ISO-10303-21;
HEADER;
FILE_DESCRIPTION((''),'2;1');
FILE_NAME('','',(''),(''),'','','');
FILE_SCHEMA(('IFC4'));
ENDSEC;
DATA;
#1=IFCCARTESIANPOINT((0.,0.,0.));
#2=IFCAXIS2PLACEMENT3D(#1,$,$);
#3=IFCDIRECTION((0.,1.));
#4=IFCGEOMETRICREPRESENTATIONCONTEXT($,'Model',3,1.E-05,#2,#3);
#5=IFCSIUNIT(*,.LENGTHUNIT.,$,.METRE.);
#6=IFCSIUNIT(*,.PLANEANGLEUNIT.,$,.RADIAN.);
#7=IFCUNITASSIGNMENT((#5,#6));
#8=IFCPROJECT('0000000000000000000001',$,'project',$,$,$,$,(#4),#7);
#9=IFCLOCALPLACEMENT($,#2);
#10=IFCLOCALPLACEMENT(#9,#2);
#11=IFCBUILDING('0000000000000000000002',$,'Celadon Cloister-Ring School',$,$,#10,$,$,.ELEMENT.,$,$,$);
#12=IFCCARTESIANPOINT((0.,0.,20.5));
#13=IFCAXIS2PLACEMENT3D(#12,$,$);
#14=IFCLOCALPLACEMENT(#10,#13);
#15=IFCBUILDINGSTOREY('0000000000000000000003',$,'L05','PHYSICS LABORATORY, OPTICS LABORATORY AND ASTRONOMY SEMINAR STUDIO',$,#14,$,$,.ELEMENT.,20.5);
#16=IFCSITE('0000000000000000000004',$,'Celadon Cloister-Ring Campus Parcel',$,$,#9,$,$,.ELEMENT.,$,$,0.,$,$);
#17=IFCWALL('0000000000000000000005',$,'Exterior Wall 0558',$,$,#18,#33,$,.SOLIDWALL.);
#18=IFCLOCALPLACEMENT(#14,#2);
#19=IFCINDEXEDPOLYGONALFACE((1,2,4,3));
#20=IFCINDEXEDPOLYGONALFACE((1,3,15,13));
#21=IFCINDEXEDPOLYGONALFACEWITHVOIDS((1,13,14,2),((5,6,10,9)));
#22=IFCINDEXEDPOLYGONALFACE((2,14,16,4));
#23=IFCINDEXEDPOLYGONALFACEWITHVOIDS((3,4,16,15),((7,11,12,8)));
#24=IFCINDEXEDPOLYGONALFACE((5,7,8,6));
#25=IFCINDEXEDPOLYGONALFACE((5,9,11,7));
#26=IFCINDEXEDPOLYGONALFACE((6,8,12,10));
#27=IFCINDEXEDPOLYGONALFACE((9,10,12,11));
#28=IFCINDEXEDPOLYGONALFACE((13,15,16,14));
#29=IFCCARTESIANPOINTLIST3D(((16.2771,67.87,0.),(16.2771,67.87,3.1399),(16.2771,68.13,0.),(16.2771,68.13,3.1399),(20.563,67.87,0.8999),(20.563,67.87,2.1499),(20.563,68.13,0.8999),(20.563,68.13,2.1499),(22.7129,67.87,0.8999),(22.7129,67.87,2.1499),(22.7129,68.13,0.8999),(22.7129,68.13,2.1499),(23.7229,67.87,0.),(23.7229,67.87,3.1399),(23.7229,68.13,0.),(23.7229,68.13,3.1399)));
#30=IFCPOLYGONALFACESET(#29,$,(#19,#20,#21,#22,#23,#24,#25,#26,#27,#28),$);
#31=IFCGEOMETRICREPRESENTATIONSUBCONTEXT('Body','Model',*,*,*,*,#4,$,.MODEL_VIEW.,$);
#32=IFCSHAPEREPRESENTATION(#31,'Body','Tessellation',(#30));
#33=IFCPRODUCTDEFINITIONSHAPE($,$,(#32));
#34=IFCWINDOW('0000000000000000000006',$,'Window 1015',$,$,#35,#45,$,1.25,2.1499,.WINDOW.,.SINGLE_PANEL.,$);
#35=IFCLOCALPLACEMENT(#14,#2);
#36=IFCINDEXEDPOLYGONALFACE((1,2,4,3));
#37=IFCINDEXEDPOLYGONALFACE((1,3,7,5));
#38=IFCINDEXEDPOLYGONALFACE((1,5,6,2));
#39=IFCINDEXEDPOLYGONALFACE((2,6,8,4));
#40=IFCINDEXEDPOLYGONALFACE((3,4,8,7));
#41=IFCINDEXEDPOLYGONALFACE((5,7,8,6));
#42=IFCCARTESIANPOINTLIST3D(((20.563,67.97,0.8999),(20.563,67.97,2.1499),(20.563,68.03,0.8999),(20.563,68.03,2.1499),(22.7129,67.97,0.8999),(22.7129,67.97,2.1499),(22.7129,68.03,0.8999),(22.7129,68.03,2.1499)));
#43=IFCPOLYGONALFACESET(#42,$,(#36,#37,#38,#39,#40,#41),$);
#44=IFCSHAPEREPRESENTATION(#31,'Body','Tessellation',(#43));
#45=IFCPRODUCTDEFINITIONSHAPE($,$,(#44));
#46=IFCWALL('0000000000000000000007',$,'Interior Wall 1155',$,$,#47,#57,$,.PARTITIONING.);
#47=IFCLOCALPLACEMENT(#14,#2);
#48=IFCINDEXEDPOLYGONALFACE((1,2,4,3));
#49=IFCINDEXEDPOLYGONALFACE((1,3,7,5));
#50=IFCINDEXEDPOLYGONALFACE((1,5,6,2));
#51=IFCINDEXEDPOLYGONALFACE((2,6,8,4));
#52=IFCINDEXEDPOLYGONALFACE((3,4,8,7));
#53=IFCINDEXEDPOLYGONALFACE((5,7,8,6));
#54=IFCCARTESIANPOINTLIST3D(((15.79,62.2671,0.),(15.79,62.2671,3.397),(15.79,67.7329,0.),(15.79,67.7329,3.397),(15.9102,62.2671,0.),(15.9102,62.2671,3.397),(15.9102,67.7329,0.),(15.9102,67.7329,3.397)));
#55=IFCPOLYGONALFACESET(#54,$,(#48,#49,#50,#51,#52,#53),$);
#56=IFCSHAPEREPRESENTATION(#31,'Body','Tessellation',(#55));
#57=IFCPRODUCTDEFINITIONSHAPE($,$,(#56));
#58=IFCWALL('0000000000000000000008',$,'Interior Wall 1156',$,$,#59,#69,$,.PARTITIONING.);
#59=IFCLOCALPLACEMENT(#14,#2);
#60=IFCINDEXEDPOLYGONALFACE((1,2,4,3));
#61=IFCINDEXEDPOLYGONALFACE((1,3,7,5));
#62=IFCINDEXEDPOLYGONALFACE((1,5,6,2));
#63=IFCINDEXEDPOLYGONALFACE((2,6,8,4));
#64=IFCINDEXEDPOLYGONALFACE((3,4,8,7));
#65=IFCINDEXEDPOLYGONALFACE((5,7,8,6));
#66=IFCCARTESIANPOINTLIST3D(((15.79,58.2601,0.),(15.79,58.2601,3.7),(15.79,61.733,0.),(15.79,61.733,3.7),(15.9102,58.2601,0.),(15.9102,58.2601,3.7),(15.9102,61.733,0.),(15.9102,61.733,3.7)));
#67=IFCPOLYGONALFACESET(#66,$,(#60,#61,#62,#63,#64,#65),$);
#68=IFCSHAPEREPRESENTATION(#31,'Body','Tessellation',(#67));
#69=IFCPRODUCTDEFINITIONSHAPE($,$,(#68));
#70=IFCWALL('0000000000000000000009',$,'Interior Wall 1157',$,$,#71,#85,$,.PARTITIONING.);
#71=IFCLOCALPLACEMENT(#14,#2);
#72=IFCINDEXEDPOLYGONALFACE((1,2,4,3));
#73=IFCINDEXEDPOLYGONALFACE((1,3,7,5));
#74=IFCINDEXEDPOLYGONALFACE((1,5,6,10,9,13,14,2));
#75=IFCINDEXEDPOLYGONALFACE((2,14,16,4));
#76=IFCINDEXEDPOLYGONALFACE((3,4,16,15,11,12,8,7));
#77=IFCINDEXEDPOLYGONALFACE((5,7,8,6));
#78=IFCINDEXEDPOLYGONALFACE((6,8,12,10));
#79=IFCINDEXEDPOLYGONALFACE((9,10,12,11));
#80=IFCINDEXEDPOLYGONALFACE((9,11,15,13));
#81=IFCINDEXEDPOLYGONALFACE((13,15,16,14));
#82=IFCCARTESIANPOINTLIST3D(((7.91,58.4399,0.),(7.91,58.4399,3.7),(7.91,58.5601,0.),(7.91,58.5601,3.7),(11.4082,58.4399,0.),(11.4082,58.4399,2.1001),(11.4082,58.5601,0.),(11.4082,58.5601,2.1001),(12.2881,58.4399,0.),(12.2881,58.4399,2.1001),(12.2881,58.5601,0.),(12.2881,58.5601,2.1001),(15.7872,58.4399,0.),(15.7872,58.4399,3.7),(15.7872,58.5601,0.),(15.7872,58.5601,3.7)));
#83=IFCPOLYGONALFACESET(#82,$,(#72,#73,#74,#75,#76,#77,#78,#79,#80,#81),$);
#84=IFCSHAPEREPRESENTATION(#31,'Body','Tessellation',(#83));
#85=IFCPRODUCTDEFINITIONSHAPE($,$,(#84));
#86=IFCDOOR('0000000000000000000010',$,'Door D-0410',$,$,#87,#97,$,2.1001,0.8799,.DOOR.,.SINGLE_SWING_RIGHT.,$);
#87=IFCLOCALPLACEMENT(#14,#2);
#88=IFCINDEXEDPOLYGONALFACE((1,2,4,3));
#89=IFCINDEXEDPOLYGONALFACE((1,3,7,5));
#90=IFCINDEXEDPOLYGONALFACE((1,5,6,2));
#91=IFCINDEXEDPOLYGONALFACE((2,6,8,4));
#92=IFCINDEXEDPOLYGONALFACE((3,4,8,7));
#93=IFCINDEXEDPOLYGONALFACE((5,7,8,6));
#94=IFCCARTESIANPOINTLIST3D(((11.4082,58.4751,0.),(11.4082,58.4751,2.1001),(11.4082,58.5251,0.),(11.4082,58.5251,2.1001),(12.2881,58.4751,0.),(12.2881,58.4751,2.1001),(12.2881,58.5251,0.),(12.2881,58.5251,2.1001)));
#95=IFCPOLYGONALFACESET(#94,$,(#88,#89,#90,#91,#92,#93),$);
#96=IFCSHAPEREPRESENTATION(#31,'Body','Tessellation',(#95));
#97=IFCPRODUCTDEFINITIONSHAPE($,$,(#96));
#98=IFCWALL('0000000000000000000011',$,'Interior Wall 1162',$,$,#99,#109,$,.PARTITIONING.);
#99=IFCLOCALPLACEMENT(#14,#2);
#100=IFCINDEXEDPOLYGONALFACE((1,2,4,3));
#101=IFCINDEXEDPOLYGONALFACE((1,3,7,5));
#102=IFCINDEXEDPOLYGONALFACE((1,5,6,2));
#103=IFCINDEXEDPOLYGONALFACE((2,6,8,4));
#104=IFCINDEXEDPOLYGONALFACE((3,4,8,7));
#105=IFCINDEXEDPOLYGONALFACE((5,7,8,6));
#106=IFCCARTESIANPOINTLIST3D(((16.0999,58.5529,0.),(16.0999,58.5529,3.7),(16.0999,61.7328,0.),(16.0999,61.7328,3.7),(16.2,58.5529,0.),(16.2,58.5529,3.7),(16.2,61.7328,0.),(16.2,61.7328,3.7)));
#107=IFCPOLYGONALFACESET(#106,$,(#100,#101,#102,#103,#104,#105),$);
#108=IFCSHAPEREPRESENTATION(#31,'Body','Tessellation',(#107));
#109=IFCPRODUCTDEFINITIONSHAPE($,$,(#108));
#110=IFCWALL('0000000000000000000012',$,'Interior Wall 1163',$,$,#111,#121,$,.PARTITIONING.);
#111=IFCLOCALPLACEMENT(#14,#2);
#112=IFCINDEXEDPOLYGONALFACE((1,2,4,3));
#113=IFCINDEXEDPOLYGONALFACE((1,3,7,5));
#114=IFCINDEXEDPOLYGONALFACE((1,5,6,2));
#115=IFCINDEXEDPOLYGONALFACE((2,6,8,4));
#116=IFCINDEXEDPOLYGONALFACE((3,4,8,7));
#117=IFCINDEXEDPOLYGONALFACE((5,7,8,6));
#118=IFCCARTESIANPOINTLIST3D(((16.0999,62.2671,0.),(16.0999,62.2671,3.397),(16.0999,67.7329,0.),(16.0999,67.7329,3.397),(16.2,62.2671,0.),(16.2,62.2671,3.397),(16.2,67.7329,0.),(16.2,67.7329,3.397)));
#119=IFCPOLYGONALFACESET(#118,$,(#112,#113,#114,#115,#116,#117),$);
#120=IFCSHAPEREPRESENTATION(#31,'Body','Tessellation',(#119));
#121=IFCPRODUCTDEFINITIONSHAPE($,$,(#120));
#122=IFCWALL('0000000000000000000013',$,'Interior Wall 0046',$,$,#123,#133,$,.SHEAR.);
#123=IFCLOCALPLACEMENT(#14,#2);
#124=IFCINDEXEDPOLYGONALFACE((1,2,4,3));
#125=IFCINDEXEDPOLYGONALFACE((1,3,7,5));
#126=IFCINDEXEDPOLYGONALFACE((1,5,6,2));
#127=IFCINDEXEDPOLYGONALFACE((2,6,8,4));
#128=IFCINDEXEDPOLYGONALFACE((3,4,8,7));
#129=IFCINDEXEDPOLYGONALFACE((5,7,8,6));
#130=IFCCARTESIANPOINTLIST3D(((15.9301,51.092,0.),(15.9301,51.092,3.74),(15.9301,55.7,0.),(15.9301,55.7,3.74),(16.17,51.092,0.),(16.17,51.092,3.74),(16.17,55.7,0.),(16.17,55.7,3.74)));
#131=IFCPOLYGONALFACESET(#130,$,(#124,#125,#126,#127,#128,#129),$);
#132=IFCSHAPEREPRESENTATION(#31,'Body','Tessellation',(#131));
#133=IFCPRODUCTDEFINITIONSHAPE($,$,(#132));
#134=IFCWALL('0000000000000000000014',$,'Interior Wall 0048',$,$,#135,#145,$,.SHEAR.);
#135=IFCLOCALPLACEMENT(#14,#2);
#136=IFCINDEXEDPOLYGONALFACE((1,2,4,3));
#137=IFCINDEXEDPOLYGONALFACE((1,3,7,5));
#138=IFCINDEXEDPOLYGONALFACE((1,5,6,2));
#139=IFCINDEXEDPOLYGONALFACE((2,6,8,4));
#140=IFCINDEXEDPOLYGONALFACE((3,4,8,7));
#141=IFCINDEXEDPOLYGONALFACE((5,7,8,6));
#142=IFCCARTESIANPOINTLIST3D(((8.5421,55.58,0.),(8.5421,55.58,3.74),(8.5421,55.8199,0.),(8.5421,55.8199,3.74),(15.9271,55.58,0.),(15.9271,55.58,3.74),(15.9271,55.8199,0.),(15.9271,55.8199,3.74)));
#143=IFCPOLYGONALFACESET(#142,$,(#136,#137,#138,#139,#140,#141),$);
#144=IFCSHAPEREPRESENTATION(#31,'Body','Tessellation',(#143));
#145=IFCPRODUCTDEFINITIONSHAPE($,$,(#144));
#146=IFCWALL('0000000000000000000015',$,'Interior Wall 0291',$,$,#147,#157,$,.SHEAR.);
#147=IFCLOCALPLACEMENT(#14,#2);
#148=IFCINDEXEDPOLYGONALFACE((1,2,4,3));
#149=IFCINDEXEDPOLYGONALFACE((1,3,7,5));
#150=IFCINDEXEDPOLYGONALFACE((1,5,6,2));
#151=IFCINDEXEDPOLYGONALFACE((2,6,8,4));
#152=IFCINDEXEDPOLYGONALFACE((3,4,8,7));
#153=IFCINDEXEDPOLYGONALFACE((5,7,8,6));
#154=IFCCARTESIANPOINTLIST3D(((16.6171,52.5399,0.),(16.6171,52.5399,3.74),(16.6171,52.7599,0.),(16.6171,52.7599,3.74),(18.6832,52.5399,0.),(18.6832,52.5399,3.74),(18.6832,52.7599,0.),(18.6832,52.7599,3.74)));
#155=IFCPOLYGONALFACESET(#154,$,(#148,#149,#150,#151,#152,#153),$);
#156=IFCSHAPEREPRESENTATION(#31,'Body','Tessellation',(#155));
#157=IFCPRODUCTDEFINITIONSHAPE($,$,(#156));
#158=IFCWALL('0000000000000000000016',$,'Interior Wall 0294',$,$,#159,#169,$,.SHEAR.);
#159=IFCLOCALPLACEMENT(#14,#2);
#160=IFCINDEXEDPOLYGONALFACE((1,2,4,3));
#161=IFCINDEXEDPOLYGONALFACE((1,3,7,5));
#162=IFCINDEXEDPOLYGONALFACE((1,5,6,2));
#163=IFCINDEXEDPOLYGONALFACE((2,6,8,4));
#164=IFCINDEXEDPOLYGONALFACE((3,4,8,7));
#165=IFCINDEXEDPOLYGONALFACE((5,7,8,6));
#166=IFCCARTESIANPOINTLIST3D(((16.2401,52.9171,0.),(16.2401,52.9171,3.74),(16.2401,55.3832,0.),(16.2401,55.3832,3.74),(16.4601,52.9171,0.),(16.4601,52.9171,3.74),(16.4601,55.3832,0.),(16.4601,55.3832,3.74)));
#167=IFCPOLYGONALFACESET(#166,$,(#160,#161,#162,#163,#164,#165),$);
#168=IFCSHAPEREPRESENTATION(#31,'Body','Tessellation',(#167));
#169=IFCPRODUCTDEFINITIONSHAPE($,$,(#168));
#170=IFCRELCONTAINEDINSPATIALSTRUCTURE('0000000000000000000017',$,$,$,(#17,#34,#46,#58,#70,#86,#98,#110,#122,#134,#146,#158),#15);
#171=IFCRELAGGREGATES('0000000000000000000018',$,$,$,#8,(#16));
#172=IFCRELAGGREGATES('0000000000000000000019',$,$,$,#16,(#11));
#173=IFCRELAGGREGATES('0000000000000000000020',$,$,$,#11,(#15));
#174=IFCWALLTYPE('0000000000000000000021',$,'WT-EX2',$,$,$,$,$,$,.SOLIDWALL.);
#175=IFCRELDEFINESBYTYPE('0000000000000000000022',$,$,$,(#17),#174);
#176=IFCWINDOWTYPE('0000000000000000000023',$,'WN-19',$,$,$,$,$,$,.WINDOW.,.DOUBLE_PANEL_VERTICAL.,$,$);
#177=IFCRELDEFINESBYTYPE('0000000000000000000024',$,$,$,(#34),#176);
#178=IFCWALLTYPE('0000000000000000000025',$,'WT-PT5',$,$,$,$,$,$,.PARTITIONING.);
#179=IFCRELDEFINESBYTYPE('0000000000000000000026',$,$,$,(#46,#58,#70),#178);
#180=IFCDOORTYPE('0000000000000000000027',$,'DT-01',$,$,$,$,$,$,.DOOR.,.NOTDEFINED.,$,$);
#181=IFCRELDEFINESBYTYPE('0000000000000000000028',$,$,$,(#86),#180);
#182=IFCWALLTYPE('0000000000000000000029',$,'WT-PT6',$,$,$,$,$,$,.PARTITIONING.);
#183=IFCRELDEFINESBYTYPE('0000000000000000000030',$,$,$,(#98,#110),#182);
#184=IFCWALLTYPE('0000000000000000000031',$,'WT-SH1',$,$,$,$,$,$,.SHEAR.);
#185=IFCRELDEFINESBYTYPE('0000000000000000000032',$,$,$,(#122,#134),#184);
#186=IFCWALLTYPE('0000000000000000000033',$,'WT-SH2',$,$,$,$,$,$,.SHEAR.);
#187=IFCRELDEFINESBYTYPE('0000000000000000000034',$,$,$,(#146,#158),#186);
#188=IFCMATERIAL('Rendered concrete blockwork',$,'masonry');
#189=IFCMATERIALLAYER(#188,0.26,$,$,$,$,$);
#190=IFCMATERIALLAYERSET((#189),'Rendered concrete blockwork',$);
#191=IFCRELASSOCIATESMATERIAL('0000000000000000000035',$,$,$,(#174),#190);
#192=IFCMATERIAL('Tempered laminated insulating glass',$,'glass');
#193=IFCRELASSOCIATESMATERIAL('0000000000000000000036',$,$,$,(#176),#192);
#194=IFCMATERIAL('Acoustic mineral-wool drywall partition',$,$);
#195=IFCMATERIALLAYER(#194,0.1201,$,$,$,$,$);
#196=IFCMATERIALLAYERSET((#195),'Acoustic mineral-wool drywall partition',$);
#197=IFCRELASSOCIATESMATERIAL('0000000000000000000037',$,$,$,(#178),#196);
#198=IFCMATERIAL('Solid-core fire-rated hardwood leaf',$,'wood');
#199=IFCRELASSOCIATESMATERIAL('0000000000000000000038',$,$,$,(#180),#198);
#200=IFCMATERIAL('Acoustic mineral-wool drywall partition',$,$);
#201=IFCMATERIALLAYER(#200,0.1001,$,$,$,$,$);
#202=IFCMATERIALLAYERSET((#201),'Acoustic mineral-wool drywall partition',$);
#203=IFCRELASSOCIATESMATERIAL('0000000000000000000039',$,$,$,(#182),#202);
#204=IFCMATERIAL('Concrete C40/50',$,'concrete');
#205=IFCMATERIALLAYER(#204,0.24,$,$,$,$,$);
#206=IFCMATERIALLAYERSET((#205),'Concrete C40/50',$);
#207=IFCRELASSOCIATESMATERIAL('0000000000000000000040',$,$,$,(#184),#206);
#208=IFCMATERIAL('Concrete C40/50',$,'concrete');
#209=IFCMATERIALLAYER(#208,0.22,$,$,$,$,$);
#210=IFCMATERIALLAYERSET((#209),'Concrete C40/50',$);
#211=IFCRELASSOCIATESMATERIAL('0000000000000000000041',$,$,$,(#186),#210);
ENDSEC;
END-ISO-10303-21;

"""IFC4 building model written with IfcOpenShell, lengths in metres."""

from ifc_helpers import new_model, si_unit, direction, frame, frame_2d, origin, place, context, subcontext, project, spatial, rectangle, extrude, material, layer, layer_set, type_object, element, fill, save


model = new_model("IFC4")

# Units and contexts
model_context = context("Model", 3, precision=1e-05, world=origin(), true_north=direction((0.0, 1.0)))
body_context = subcontext(model_context, "Body", "Model", "MODEL_VIEW")
ifc_project = project(units=[si_unit("LENGTHUNIT", "METRE"), si_unit("PLANEANGLEUNIT", "RADIAN")], contexts=[model_context])

# Site, building, storey
site_placement = place(None, origin())
site = spatial("IfcSite", under=ifc_project, at=site_placement, Name="Celadon Cloister-Ring Campus Parcel", CompositionType="ELEMENT", RefElevation=0.0)
building_placement = place(site_placement, origin())
building = spatial("IfcBuilding", under=site, at=building_placement, Name="Celadon Cloister-Ring School", CompositionType="ELEMENT")
storey_placement = place(building_placement, frame((0.0, 0.0, 20.5)))
storey = spatial("IfcBuildingStorey", under=building, at=storey_placement, Name="L05", Description="PHYSICS LABORATORY, OPTICS LABORATORY AND ASTRONOMY SEMINAR STUDIO", CompositionType="ELEMENT", Elevation=20.5)

# Wall, opening, window
ifc_material_1 = material(Name="Rendered concrete blockwork", Category="masonry")
ifc_layer_1 = layer(ifc_material_1, 0.26)
ifc_layer_set_1 = layer_set([ifc_layer_1], Name="Rendered concrete blockwork")
wall_type_1 = type_object("IfcWallType", Name="WT-EX2", PredefinedType="SOLIDWALL", material=ifc_layer_set_1)
wall_1_placement = place(storey_placement, frame((16.2771, 68.0, 0.0), z_axis=(0.0, 0.0, 1.0), x_axis=(1.0, 0.0, 0.0)))
wall_1 = element("IfcWall", 1, at=wall_1_placement, inside=storey, type_object=wall_type_1, Name="Exterior Wall 0558", PredefinedType="SOLIDWALL", context=body_context, shape_type="SweptSolid", body=[
    extrude(rectangle(XDim=7.4458, YDim=0.26, at=frame_2d((3.7229, 0.0))), origin(), (0.0, 0.0, 1.0), 3.1399),
])
opening_1_placement = place(wall_1_placement, frame((4.2859, 0.0, 0.8999)))
opening_1 = element("IfcOpeningElement", 2, at=opening_1_placement, cuts=wall_1, PredefinedType="OPENING", context=body_context, shape_type="SweptSolid", body=[
    extrude(rectangle(XDim=2.1499, YDim=1.25, at=frame_2d((1.075, 0.625))), frame((0.0, 0.1401, 0.0), z_axis=(0.0, -1.0, 0.0), x_axis=(1.0, 0.0, 0.0)), (0.0, 0.0, 1.0), 0.28),
])
ifc_material_2 = material(Name="Tempered laminated insulating glass", Category="glass")
window_type = type_object("IfcWindowType", Name="WN-19", PartitioningType="DOUBLE_PANEL_VERTICAL", PredefinedType="WINDOW", material=ifc_material_2)
window_placement = place(opening_1_placement, origin())
window = element("IfcWindow", 3, at=window_placement, inside=storey, type_object=window_type, Name="Window 1015", OverallHeight=1.25, OverallWidth=2.1499, PartitioningType="SINGLE_PANEL", PredefinedType="WINDOW", context=body_context, shape_type="SweptSolid", body=[
    extrude(rectangle(XDim=2.1499, YDim=1.25, at=frame_2d((1.075, 0.625))), frame((0.0, 0.03, 0.0), z_axis=(0.0, -1.0, 0.0), x_axis=(1.0, 0.0, 0.0)), (0.0, 0.0, 1.0), 0.0601),
])
fill(opening_1, window)

# Walls
ifc_material_3 = material(Name="Acoustic mineral-wool drywall partition")
ifc_layer_2 = layer(ifc_material_3, 0.1201)
ifc_layer_set_2 = layer_set([ifc_layer_2], Name="Acoustic mineral-wool drywall partition")
wall_type_2 = type_object("IfcWallType", Name="WT-PT5", PredefinedType="PARTITIONING", material=ifc_layer_set_2)
wall_2_placement = place(storey_placement, frame((15.8501, 67.7329, 0.0), z_axis=(0.0, 0.0, 1.0), x_axis=(0.0, -1.0, 0.0)))
element("IfcWall", 4, at=wall_2_placement, inside=storey, type_object=wall_type_2, Name="Interior Wall 1155", PredefinedType="PARTITIONING", context=body_context, shape_type="SweptSolid", body=[
    extrude(rectangle(XDim=5.4658, YDim=0.1201, at=frame_2d((2.7329, 0.0))), origin(), (0.0, 0.0, 1.0), 3.397),
])
wall_3_placement = place(storey_placement, frame((15.8501, 61.7329, 0.0), z_axis=(0.0, 0.0, 1.0), x_axis=(0.0, -1.0, 0.0)))
element("IfcWall", 5, at=wall_3_placement, inside=storey, type_object=wall_type_2, Name="Interior Wall 1156", PredefinedType="PARTITIONING", context=body_context, shape_type="SweptSolid", body=[
    extrude(rectangle(XDim=3.4729, YDim=0.1201, at=frame_2d((1.7363, 0.0))), origin(), (0.0, 0.0, 1.0), 3.7),
])

# Wall, opening, door
wall_4_placement = place(storey_placement, frame((15.7871, 58.5, 0.0), z_axis=(0.0, 0.0, 1.0), x_axis=(-1.0, 0.0, 0.0)))
wall_4 = element("IfcWall", 6, at=wall_4_placement, inside=storey, type_object=wall_type_2, Name="Interior Wall 1157", PredefinedType="PARTITIONING", context=body_context, shape_type="SweptSolid", body=[
    extrude(rectangle(XDim=7.8772, YDim=0.1201, at=frame_2d((3.9385, 0.0))), origin(), (0.0, 0.0, 1.0), 3.7),
])
opening_2_placement = place(wall_4_placement, frame((3.499, 0.0, 0.0)))
opening_2 = element("IfcOpeningElement", 7, at=opening_2_placement, cuts=wall_4, PredefinedType="OPENING", context=body_context, shape_type="SweptSolid", body=[
    extrude(rectangle(XDim=0.8799, YDim=2.1001, at=frame_2d((0.4399, 1.05))), frame((0.0, 0.0701, 0.0), z_axis=(0.0, -1.0, 0.0), x_axis=(1.0, 0.0, 0.0)), (0.0, 0.0, 1.0), 0.1401),
])
ifc_material_4 = material(Name="Solid-core fire-rated hardwood leaf", Category="wood")
door_type = type_object("IfcDoorType", Name="DT-01", OperationType="NOTDEFINED", PredefinedType="DOOR", material=ifc_material_4)
door_placement = place(opening_2_placement, origin())
door = element("IfcDoor", 8, at=door_placement, inside=storey, type_object=door_type, Name="Door D-0410", OperationType="SINGLE_SWING_RIGHT", OverallHeight=2.1001, OverallWidth=0.8799, PredefinedType="DOOR", context=body_context, shape_type="SweptSolid", body=[
    extrude(rectangle(XDim=0.8799, YDim=2.1001, at=frame_2d((0.4399, 1.05))), frame((0.0, 0.0249, 0.0), z_axis=(0.0, -1.0, 0.0), x_axis=(1.0, 0.0, 0.0)), (0.0, 0.0, 1.0), 0.05),
])
fill(opening_2, door)

# Walls
ifc_material_5 = material(Name="Acoustic mineral-wool drywall partition")
ifc_layer_3 = layer(ifc_material_5, 0.1001)
ifc_layer_set_3 = layer_set([ifc_layer_3], Name="Acoustic mineral-wool drywall partition")
wall_type_3 = type_object("IfcWallType", Name="WT-PT6", PredefinedType="PARTITIONING", material=ifc_layer_set_3)
wall_5_placement = place(storey_placement, frame((16.1499, 58.553, 0.0), z_axis=(0.0, 0.0, 1.0), x_axis=(0.0, 1.0, 0.0)))
element("IfcWall", 9, at=wall_5_placement, inside=storey, type_object=wall_type_3, Name="Interior Wall 1162", PredefinedType="PARTITIONING", context=body_context, shape_type="SweptSolid", body=[
    extrude(rectangle(XDim=3.1799, YDim=0.1001, at=frame_2d((1.5898, 0.0))), origin(), (0.0, 0.0, 1.0), 3.7),
])
wall_6_placement = place(storey_placement, frame((16.1499, 62.2671, 0.0), z_axis=(0.0, 0.0, 1.0), x_axis=(0.0, 1.0, 0.0)))
element("IfcWall", 10, at=wall_6_placement, inside=storey, type_object=wall_type_3, Name="Interior Wall 1163", PredefinedType="PARTITIONING", context=body_context, shape_type="SweptSolid", body=[
    extrude(rectangle(XDim=5.4658, YDim=0.1001, at=frame_2d((2.7329, 0.0))), origin(), (0.0, 0.0, 1.0), 3.397),
])
ifc_material_6 = material(Name="Concrete C40/50", Category="concrete")
ifc_layer_4 = layer(ifc_material_6, 0.24)
ifc_layer_set_4 = layer_set([ifc_layer_4], Name="Concrete C40/50")
wall_type_4 = type_object("IfcWallType", Name="WT-SH1", PredefinedType="SHEAR", material=ifc_layer_set_4)
wall_7_placement = place(storey_placement, frame((16.05, 55.7, 0.0), z_axis=(0.0, 0.0, 1.0), x_axis=(0.0, -1.0, 0.0)))
element("IfcWall", 11, at=wall_7_placement, inside=storey, type_object=wall_type_4, Name="Interior Wall 0046", PredefinedType="SHEAR", context=body_context, shape_type="SweptSolid", body=[
    extrude(rectangle(XDim=4.6079, YDim=0.24, at=frame_2d((2.304, 0.0))), origin(), (0.0, 0.0, 1.0), 3.74),
])
wall_8_placement = place(storey_placement, frame((15.927, 55.7, 0.0), z_axis=(0.0, 0.0, 1.0), x_axis=(-1.0, 0.0, 0.0)))
element("IfcWall", 12, at=wall_8_placement, inside=storey, type_object=wall_type_4, Name="Interior Wall 0048", PredefinedType="SHEAR", context=body_context, shape_type="SweptSolid", body=[
    extrude(rectangle(XDim=7.385, YDim=0.24, at=frame_2d((3.6924, 0.0))), origin(), (0.0, 0.0, 1.0), 3.74),
])
ifc_material_7 = material(Name="Concrete C40/50", Category="concrete")
ifc_layer_5 = layer(ifc_material_7, 0.22)
ifc_layer_set_5 = layer_set([ifc_layer_5], Name="Concrete C40/50")
wall_type_5 = type_object("IfcWallType", Name="WT-SH2", PredefinedType="SHEAR", material=ifc_layer_set_5)
wall_9_placement = place(storey_placement, frame((16.6169, 52.6499, 0.0), z_axis=(0.0, 0.0, 1.0), x_axis=(1.0, 0.0, 0.0)))
element("IfcWall", 13, at=wall_9_placement, inside=storey, type_object=wall_type_5, Name="Interior Wall 0291", PredefinedType="SHEAR", context=body_context, shape_type="SweptSolid", body=[
    extrude(rectangle(XDim=2.0662, YDim=0.22, at=frame_2d((1.0332, 0.0))), origin(), (0.0, 0.0, 1.0), 3.74),
])
wall_10_placement = place(storey_placement, frame((16.3501, 55.3831, 0.0), z_axis=(0.0, 0.0, 1.0), x_axis=(0.0, -1.0, 0.0)))
element("IfcWall", 14, at=wall_10_placement, inside=storey, type_object=wall_type_5, Name="Interior Wall 0294", PredefinedType="SHEAR", context=body_context, shape_type="SweptSolid", body=[
    extrude(rectangle(XDim=2.4661, YDim=0.22, at=frame_2d((1.2329, 0.0))), origin(), (0.0, 0.0, 1.0), 3.74),
])

save(model, "model.ifc")
